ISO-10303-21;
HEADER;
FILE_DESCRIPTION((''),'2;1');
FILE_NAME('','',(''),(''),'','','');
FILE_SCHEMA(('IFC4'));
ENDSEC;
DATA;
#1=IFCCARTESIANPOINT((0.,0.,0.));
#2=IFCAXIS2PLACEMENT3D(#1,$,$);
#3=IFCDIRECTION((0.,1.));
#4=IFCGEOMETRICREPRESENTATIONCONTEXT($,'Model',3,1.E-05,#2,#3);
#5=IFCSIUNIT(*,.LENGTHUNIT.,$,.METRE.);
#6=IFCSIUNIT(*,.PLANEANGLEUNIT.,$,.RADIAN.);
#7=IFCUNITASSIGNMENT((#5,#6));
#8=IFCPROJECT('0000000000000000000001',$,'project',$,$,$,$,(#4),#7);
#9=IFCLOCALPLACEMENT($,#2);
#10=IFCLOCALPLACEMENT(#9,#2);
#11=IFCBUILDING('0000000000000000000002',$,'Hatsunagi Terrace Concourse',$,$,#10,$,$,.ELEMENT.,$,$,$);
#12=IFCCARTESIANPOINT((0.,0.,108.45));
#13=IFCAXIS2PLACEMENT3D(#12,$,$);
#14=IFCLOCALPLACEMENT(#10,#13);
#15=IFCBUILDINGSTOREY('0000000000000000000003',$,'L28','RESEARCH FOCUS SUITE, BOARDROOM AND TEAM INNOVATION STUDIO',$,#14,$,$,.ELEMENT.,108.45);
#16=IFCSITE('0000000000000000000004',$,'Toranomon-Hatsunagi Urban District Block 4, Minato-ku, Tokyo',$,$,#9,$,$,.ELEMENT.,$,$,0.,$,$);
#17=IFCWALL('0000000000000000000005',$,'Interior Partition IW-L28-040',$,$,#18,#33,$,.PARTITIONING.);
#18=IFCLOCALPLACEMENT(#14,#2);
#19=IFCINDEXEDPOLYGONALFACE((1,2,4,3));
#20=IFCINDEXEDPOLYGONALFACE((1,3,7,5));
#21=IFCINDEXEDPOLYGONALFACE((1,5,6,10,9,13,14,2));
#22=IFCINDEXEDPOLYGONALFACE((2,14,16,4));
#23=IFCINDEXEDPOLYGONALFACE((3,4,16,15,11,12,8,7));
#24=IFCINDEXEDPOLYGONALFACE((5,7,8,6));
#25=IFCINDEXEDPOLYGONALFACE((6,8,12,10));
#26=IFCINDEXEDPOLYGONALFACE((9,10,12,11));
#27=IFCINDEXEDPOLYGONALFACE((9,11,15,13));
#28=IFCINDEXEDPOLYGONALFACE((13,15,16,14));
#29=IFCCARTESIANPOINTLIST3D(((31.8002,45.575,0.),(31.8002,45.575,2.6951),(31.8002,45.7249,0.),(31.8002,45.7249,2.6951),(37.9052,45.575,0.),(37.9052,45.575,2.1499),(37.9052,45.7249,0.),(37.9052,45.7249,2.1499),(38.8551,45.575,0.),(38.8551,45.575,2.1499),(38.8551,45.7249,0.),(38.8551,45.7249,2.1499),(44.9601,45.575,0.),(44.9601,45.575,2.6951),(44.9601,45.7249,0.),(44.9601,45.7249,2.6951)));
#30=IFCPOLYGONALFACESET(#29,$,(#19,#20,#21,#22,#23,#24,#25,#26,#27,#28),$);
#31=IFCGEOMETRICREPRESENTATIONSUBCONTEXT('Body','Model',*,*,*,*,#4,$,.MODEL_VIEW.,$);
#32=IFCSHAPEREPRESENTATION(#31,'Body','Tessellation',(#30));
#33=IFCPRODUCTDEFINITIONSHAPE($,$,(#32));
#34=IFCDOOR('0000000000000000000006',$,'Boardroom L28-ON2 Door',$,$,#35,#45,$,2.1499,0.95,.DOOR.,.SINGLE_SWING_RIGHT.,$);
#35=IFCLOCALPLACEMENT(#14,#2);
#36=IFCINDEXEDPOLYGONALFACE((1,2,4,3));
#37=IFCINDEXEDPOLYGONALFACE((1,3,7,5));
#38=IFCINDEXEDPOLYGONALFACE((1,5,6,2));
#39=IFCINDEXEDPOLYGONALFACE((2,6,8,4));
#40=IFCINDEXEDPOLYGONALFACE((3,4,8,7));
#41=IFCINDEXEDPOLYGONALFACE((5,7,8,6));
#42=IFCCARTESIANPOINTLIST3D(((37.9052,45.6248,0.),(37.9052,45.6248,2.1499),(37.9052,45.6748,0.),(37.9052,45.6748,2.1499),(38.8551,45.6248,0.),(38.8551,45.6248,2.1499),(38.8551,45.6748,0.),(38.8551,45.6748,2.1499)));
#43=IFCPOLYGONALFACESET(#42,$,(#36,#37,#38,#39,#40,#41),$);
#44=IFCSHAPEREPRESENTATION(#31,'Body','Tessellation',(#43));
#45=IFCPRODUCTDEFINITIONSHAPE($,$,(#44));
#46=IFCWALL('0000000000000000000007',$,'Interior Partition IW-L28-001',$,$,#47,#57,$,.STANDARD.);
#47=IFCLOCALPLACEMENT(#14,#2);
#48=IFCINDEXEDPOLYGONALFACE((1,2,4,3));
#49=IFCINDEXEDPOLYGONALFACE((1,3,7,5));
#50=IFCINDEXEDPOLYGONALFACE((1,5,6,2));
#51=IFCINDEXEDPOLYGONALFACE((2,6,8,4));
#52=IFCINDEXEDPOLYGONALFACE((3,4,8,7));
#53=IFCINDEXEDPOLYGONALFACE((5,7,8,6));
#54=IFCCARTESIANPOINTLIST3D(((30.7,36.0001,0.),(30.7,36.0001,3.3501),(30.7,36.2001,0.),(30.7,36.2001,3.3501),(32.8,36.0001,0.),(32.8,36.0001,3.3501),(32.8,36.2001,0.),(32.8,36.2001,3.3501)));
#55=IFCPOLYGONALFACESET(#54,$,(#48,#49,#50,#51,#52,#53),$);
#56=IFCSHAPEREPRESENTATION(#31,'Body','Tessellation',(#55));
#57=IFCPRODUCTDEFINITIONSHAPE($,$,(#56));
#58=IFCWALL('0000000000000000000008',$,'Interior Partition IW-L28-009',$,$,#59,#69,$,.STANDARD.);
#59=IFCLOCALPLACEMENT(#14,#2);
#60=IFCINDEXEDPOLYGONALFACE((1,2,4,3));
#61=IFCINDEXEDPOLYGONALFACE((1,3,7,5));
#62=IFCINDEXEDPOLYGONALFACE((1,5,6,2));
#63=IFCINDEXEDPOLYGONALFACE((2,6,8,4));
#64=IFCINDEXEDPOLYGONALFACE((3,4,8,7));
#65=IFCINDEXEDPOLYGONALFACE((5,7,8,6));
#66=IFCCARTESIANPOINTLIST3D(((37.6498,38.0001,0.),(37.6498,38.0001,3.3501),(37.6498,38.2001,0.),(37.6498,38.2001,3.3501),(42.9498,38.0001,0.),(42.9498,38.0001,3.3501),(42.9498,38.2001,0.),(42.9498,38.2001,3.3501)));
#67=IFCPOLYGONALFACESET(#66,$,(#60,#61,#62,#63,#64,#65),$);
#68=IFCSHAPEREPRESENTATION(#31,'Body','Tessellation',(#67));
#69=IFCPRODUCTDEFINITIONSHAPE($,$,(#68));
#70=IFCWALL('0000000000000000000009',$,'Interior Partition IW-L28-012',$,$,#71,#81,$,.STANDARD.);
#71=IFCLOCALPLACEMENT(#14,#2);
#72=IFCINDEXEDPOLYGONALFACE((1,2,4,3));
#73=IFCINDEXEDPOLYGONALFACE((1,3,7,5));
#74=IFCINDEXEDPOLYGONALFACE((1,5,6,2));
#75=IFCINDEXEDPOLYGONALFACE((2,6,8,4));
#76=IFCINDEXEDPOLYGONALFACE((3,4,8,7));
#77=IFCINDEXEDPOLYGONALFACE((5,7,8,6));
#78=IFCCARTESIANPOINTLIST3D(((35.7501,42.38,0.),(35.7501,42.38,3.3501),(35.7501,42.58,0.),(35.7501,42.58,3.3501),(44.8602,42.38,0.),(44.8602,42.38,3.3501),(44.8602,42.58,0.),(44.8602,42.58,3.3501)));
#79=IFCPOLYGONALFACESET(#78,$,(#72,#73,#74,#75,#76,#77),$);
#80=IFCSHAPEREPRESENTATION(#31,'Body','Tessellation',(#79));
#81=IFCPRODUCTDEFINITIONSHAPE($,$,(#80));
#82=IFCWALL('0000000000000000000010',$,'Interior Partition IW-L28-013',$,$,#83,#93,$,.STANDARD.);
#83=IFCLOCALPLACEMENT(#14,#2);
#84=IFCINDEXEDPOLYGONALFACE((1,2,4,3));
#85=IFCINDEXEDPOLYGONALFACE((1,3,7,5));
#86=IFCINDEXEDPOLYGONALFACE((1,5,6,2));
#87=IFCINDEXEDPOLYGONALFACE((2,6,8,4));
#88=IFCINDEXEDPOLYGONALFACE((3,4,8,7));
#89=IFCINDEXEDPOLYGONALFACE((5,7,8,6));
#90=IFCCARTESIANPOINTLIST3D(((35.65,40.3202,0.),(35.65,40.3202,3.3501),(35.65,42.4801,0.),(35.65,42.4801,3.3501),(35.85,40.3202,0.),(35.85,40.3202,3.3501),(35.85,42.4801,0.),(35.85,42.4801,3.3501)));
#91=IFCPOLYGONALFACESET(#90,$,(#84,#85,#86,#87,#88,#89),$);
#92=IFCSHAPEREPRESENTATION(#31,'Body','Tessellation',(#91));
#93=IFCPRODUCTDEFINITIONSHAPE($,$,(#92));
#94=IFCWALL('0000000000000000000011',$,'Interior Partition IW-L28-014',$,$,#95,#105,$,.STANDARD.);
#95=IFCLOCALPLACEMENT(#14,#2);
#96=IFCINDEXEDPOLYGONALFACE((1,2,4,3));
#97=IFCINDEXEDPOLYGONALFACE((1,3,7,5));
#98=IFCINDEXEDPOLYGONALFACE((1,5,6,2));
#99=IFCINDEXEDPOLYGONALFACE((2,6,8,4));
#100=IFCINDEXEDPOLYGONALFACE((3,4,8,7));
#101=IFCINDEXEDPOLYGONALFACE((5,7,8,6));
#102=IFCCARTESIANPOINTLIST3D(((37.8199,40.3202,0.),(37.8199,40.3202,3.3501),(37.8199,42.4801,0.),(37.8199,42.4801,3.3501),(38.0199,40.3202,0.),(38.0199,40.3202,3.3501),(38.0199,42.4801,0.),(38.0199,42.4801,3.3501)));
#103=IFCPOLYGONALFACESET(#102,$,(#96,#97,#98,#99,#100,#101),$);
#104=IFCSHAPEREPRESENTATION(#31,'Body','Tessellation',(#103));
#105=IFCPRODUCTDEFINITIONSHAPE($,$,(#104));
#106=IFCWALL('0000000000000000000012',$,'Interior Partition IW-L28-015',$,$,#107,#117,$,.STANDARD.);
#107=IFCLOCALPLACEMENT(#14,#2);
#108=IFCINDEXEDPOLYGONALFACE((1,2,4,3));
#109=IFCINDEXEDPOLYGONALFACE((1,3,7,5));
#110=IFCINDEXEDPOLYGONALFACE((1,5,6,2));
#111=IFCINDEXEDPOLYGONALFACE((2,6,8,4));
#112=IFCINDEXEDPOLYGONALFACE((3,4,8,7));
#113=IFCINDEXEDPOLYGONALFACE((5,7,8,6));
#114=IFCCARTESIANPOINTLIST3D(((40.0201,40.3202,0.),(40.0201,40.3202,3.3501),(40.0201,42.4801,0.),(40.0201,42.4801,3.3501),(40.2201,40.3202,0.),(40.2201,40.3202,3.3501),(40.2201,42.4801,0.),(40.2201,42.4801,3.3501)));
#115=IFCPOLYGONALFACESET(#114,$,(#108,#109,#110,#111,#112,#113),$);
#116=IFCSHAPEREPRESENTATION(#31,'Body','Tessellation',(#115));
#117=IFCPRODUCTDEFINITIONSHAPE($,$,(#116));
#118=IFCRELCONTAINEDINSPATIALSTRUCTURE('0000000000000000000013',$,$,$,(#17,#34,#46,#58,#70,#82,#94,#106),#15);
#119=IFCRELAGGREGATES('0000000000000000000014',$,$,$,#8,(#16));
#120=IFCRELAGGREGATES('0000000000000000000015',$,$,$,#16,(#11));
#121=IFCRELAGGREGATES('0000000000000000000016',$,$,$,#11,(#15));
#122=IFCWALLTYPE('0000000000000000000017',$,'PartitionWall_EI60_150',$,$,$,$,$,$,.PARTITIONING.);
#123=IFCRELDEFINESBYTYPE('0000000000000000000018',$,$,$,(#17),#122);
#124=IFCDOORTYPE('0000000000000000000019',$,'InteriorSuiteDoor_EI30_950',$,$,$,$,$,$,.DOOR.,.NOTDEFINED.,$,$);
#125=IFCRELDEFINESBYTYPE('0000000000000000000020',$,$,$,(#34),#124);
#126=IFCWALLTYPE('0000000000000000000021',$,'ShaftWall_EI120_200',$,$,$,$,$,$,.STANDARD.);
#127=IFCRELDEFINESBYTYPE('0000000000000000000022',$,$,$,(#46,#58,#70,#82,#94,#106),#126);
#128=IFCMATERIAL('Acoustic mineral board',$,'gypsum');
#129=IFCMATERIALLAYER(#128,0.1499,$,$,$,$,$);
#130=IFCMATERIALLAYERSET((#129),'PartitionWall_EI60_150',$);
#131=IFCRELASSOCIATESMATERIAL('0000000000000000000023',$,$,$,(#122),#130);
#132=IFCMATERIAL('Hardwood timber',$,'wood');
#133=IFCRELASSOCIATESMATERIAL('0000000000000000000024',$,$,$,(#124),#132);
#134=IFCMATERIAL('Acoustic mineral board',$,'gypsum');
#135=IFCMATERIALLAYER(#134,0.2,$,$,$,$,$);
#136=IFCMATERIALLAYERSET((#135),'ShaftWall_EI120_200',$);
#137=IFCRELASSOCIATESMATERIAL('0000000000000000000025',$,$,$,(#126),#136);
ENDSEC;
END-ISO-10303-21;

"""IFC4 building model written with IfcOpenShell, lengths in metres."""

from ifc_helpers import new_model, si_unit, direction, frame, frame_2d, origin, place, context, subcontext, project, spatial, rectangle, extrude, material, layer, layer_set, type_object, element, fill, save


model = new_model("IFC4")

# Units and contexts
model_context = context("Model", 3, precision=1e-05, world=origin(), true_north=direction((0.0, 1.0)))
body_context = subcontext(model_context, "Body", "Model", "MODEL_VIEW")
ifc_project = project(units=[si_unit("LENGTHUNIT", "METRE"), si_unit("PLANEANGLEUNIT", "RADIAN")], contexts=[model_context])

# Site, building, storey
site_placement = place(None, origin())
site = spatial("IfcSite", under=ifc_project, at=site_placement, Name="Toranomon-Hatsunagi Urban District Block 4, Minato-ku, Tokyo", CompositionType="ELEMENT", RefElevation=0.0)
building_placement = place(site_placement, origin())
building = spatial("IfcBuilding", under=site, at=building_placement, Name="Hatsunagi Terrace Concourse", CompositionType="ELEMENT")
storey_placement = place(building_placement, frame((0.0, 0.0, 108.45)))
storey = spatial("IfcBuildingStorey", under=building, at=storey_placement, Name="L28", Description="RESEARCH FOCUS SUITE, BOARDROOM AND TEAM INNOVATION STUDIO", CompositionType="ELEMENT", Elevation=108.45)

# Shared definitions
ifc_material_1 = material(Name="Acoustic mineral board", Category="gypsum")
ifc_layer_1 = layer(ifc_material_1, 0.1499)
ifc_layer_set_1 = layer_set([ifc_layer_1], Name="PartitionWall_EI60_150")
wall_type_1 = type_object("IfcWallType", Name="PartitionWall_EI60_150", PredefinedType="PARTITIONING", material=ifc_layer_set_1)

# Wall, opening, door
wall_1_placement = place(storey_placement, frame((31.8, 45.6499, 0.0), z_axis=(0.0, 0.0, 1.0), x_axis=(1.0, 0.0, 0.0)))
wall_1 = element("IfcWall", 1, at=wall_1_placement, inside=storey, type_object=wall_type_1, Name="Interior Partition IW-L28-040", PredefinedType="PARTITIONING", context=body_context, shape_type="SweptSolid", body=[
    extrude(rectangle(XDim=13.1599, YDim=0.1499, at=frame_2d((6.5801, 0.0))), origin(), (0.0, 0.0, 1.0), 2.6951),
])
opening_1_placement = place(wall_1_placement, frame((6.105, 0.0, 0.0)))
opening_1 = element("IfcOpeningElement", 2, at=opening_1_placement, cuts=wall_1, PredefinedType="OPENING", context=body_context, shape_type="SweptSolid", body=[
    extrude(rectangle(XDim=0.95, YDim=2.1499, at=frame_2d((0.4751, 1.075))), frame((0.0, 0.085, 0.0), z_axis=(0.0, -1.0, 0.0), x_axis=(1.0, 0.0, 0.0)), (0.0, 0.0, 1.0), 0.1699),
])
ifc_material_2 = material(Name="Hardwood timber", Category="wood")
door_type_1 = type_object("IfcDoorType", Name="InteriorSuiteDoor_EI30_950", OperationType="NOTDEFINED", PredefinedType="DOOR", material=ifc_material_2)
door_1_placement = place(opening_1_placement, origin())
door_1 = element("IfcDoor", 3, at=door_1_placement, inside=storey, type_object=door_type_1, Name="Boardroom L28-ON2 Door", OperationType="SINGLE_SWING_RIGHT", OverallHeight=2.1499, OverallWidth=0.95, PredefinedType="DOOR", context=body_context, shape_type="SweptSolid", body=[
    extrude(rectangle(XDim=0.95, YDim=2.1499, at=frame_2d((0.4751, 1.075))), frame((0.0, 0.0249, 0.0), z_axis=(0.0, -1.0, 0.0), x_axis=(1.0, 0.0, 0.0)), (0.0, 0.0, 1.0), 0.05),
])
fill(opening_1, door_1)

# Walls
ifc_material_3 = material(Name="Acoustic mineral board", Category="gypsum")
ifc_layer_2 = layer(ifc_material_3, 0.2)
ifc_layer_set_2 = layer_set([ifc_layer_2], Name="ShaftWall_EI120_200")
wall_type_2 = type_object("IfcWallType", Name="ShaftWall_EI120_200", PredefinedType="STANDARD", material=ifc_layer_set_2)
wall_2_placement = place(storey_placement, frame((30.7, 36.1001, 0.0), z_axis=(0.0, 0.0, 1.0), x_axis=(1.0, 0.0, 0.0)))
element("IfcWall", 4, at=wall_2_placement, inside=storey, type_object=wall_type_2, Name="Interior Partition IW-L28-001", PredefinedType="STANDARD", context=body_context, shape_type="SweptSolid", body=[
    extrude(rectangle(XDim=2.1001, YDim=0.2, at=frame_2d((1.05, 0.0))), origin(), (0.0, 0.0, 1.0), 3.3501),
])
wall_3_placement = place(storey_placement, frame((37.6499, 38.1001, 0.0), z_axis=(0.0, 0.0, 1.0), x_axis=(1.0, 0.0, 0.0)))
element("IfcWall", 5, at=wall_3_placement, inside=storey, type_object=wall_type_2, Name="Interior Partition IW-L28-009", PredefinedType="STANDARD", context=body_context, shape_type="SweptSolid", body=[
    extrude(rectangle(XDim=5.3, YDim=0.2, at=frame_2d((2.6499, 0.0))), origin(), (0.0, 0.0, 1.0), 3.3501),
])
wall_4_placement = place(storey_placement, frame((35.75, 42.48, 0.0), z_axis=(0.0, 0.0, 1.0), x_axis=(1.0, 0.0, 0.0)))
element("IfcWall", 6, at=wall_4_placement, inside=storey, type_object=wall_type_2, Name="Interior Partition IW-L28-012", PredefinedType="STANDARD", context=body_context, shape_type="SweptSolid", body=[
    extrude(rectangle(XDim=9.1101, YDim=0.2, at=frame_2d((4.5552, 0.0))), origin(), (0.0, 0.0, 1.0), 3.3501),
])
for number, where, z_axis, x_axis, name in (
    (7, (35.75, 40.3201, 0.0), (0.0, 0.0, 1.0), (0.0, 1.0, 0.0), "Interior Partition IW-L28-013"),
    (8, (37.9199, 40.3201, 0.0), (0.0, 0.0, 1.0), (0.0, 1.0, 0.0), "Interior Partition IW-L28-014"),
    (9, (40.1201, 40.3201, 0.0), (0.0, 0.0, 1.0), (0.0, 1.0, 0.0), "Interior Partition IW-L28-015"),
):
    element("IfcWall", number, at=place(storey_placement, frame(where, z_axis=z_axis, x_axis=x_axis)), inside=storey, type_object=wall_type_2, Name=name, PredefinedType="STANDARD", context=body_context, shape_type="SweptSolid", body=[
        extrude(rectangle(XDim=2.1599, YDim=0.2, at=frame_2d((1.0801, 0.0))), origin(), (0.0, 0.0, 1.0), 3.3501),
    ])

save(model, "model.ifc")
